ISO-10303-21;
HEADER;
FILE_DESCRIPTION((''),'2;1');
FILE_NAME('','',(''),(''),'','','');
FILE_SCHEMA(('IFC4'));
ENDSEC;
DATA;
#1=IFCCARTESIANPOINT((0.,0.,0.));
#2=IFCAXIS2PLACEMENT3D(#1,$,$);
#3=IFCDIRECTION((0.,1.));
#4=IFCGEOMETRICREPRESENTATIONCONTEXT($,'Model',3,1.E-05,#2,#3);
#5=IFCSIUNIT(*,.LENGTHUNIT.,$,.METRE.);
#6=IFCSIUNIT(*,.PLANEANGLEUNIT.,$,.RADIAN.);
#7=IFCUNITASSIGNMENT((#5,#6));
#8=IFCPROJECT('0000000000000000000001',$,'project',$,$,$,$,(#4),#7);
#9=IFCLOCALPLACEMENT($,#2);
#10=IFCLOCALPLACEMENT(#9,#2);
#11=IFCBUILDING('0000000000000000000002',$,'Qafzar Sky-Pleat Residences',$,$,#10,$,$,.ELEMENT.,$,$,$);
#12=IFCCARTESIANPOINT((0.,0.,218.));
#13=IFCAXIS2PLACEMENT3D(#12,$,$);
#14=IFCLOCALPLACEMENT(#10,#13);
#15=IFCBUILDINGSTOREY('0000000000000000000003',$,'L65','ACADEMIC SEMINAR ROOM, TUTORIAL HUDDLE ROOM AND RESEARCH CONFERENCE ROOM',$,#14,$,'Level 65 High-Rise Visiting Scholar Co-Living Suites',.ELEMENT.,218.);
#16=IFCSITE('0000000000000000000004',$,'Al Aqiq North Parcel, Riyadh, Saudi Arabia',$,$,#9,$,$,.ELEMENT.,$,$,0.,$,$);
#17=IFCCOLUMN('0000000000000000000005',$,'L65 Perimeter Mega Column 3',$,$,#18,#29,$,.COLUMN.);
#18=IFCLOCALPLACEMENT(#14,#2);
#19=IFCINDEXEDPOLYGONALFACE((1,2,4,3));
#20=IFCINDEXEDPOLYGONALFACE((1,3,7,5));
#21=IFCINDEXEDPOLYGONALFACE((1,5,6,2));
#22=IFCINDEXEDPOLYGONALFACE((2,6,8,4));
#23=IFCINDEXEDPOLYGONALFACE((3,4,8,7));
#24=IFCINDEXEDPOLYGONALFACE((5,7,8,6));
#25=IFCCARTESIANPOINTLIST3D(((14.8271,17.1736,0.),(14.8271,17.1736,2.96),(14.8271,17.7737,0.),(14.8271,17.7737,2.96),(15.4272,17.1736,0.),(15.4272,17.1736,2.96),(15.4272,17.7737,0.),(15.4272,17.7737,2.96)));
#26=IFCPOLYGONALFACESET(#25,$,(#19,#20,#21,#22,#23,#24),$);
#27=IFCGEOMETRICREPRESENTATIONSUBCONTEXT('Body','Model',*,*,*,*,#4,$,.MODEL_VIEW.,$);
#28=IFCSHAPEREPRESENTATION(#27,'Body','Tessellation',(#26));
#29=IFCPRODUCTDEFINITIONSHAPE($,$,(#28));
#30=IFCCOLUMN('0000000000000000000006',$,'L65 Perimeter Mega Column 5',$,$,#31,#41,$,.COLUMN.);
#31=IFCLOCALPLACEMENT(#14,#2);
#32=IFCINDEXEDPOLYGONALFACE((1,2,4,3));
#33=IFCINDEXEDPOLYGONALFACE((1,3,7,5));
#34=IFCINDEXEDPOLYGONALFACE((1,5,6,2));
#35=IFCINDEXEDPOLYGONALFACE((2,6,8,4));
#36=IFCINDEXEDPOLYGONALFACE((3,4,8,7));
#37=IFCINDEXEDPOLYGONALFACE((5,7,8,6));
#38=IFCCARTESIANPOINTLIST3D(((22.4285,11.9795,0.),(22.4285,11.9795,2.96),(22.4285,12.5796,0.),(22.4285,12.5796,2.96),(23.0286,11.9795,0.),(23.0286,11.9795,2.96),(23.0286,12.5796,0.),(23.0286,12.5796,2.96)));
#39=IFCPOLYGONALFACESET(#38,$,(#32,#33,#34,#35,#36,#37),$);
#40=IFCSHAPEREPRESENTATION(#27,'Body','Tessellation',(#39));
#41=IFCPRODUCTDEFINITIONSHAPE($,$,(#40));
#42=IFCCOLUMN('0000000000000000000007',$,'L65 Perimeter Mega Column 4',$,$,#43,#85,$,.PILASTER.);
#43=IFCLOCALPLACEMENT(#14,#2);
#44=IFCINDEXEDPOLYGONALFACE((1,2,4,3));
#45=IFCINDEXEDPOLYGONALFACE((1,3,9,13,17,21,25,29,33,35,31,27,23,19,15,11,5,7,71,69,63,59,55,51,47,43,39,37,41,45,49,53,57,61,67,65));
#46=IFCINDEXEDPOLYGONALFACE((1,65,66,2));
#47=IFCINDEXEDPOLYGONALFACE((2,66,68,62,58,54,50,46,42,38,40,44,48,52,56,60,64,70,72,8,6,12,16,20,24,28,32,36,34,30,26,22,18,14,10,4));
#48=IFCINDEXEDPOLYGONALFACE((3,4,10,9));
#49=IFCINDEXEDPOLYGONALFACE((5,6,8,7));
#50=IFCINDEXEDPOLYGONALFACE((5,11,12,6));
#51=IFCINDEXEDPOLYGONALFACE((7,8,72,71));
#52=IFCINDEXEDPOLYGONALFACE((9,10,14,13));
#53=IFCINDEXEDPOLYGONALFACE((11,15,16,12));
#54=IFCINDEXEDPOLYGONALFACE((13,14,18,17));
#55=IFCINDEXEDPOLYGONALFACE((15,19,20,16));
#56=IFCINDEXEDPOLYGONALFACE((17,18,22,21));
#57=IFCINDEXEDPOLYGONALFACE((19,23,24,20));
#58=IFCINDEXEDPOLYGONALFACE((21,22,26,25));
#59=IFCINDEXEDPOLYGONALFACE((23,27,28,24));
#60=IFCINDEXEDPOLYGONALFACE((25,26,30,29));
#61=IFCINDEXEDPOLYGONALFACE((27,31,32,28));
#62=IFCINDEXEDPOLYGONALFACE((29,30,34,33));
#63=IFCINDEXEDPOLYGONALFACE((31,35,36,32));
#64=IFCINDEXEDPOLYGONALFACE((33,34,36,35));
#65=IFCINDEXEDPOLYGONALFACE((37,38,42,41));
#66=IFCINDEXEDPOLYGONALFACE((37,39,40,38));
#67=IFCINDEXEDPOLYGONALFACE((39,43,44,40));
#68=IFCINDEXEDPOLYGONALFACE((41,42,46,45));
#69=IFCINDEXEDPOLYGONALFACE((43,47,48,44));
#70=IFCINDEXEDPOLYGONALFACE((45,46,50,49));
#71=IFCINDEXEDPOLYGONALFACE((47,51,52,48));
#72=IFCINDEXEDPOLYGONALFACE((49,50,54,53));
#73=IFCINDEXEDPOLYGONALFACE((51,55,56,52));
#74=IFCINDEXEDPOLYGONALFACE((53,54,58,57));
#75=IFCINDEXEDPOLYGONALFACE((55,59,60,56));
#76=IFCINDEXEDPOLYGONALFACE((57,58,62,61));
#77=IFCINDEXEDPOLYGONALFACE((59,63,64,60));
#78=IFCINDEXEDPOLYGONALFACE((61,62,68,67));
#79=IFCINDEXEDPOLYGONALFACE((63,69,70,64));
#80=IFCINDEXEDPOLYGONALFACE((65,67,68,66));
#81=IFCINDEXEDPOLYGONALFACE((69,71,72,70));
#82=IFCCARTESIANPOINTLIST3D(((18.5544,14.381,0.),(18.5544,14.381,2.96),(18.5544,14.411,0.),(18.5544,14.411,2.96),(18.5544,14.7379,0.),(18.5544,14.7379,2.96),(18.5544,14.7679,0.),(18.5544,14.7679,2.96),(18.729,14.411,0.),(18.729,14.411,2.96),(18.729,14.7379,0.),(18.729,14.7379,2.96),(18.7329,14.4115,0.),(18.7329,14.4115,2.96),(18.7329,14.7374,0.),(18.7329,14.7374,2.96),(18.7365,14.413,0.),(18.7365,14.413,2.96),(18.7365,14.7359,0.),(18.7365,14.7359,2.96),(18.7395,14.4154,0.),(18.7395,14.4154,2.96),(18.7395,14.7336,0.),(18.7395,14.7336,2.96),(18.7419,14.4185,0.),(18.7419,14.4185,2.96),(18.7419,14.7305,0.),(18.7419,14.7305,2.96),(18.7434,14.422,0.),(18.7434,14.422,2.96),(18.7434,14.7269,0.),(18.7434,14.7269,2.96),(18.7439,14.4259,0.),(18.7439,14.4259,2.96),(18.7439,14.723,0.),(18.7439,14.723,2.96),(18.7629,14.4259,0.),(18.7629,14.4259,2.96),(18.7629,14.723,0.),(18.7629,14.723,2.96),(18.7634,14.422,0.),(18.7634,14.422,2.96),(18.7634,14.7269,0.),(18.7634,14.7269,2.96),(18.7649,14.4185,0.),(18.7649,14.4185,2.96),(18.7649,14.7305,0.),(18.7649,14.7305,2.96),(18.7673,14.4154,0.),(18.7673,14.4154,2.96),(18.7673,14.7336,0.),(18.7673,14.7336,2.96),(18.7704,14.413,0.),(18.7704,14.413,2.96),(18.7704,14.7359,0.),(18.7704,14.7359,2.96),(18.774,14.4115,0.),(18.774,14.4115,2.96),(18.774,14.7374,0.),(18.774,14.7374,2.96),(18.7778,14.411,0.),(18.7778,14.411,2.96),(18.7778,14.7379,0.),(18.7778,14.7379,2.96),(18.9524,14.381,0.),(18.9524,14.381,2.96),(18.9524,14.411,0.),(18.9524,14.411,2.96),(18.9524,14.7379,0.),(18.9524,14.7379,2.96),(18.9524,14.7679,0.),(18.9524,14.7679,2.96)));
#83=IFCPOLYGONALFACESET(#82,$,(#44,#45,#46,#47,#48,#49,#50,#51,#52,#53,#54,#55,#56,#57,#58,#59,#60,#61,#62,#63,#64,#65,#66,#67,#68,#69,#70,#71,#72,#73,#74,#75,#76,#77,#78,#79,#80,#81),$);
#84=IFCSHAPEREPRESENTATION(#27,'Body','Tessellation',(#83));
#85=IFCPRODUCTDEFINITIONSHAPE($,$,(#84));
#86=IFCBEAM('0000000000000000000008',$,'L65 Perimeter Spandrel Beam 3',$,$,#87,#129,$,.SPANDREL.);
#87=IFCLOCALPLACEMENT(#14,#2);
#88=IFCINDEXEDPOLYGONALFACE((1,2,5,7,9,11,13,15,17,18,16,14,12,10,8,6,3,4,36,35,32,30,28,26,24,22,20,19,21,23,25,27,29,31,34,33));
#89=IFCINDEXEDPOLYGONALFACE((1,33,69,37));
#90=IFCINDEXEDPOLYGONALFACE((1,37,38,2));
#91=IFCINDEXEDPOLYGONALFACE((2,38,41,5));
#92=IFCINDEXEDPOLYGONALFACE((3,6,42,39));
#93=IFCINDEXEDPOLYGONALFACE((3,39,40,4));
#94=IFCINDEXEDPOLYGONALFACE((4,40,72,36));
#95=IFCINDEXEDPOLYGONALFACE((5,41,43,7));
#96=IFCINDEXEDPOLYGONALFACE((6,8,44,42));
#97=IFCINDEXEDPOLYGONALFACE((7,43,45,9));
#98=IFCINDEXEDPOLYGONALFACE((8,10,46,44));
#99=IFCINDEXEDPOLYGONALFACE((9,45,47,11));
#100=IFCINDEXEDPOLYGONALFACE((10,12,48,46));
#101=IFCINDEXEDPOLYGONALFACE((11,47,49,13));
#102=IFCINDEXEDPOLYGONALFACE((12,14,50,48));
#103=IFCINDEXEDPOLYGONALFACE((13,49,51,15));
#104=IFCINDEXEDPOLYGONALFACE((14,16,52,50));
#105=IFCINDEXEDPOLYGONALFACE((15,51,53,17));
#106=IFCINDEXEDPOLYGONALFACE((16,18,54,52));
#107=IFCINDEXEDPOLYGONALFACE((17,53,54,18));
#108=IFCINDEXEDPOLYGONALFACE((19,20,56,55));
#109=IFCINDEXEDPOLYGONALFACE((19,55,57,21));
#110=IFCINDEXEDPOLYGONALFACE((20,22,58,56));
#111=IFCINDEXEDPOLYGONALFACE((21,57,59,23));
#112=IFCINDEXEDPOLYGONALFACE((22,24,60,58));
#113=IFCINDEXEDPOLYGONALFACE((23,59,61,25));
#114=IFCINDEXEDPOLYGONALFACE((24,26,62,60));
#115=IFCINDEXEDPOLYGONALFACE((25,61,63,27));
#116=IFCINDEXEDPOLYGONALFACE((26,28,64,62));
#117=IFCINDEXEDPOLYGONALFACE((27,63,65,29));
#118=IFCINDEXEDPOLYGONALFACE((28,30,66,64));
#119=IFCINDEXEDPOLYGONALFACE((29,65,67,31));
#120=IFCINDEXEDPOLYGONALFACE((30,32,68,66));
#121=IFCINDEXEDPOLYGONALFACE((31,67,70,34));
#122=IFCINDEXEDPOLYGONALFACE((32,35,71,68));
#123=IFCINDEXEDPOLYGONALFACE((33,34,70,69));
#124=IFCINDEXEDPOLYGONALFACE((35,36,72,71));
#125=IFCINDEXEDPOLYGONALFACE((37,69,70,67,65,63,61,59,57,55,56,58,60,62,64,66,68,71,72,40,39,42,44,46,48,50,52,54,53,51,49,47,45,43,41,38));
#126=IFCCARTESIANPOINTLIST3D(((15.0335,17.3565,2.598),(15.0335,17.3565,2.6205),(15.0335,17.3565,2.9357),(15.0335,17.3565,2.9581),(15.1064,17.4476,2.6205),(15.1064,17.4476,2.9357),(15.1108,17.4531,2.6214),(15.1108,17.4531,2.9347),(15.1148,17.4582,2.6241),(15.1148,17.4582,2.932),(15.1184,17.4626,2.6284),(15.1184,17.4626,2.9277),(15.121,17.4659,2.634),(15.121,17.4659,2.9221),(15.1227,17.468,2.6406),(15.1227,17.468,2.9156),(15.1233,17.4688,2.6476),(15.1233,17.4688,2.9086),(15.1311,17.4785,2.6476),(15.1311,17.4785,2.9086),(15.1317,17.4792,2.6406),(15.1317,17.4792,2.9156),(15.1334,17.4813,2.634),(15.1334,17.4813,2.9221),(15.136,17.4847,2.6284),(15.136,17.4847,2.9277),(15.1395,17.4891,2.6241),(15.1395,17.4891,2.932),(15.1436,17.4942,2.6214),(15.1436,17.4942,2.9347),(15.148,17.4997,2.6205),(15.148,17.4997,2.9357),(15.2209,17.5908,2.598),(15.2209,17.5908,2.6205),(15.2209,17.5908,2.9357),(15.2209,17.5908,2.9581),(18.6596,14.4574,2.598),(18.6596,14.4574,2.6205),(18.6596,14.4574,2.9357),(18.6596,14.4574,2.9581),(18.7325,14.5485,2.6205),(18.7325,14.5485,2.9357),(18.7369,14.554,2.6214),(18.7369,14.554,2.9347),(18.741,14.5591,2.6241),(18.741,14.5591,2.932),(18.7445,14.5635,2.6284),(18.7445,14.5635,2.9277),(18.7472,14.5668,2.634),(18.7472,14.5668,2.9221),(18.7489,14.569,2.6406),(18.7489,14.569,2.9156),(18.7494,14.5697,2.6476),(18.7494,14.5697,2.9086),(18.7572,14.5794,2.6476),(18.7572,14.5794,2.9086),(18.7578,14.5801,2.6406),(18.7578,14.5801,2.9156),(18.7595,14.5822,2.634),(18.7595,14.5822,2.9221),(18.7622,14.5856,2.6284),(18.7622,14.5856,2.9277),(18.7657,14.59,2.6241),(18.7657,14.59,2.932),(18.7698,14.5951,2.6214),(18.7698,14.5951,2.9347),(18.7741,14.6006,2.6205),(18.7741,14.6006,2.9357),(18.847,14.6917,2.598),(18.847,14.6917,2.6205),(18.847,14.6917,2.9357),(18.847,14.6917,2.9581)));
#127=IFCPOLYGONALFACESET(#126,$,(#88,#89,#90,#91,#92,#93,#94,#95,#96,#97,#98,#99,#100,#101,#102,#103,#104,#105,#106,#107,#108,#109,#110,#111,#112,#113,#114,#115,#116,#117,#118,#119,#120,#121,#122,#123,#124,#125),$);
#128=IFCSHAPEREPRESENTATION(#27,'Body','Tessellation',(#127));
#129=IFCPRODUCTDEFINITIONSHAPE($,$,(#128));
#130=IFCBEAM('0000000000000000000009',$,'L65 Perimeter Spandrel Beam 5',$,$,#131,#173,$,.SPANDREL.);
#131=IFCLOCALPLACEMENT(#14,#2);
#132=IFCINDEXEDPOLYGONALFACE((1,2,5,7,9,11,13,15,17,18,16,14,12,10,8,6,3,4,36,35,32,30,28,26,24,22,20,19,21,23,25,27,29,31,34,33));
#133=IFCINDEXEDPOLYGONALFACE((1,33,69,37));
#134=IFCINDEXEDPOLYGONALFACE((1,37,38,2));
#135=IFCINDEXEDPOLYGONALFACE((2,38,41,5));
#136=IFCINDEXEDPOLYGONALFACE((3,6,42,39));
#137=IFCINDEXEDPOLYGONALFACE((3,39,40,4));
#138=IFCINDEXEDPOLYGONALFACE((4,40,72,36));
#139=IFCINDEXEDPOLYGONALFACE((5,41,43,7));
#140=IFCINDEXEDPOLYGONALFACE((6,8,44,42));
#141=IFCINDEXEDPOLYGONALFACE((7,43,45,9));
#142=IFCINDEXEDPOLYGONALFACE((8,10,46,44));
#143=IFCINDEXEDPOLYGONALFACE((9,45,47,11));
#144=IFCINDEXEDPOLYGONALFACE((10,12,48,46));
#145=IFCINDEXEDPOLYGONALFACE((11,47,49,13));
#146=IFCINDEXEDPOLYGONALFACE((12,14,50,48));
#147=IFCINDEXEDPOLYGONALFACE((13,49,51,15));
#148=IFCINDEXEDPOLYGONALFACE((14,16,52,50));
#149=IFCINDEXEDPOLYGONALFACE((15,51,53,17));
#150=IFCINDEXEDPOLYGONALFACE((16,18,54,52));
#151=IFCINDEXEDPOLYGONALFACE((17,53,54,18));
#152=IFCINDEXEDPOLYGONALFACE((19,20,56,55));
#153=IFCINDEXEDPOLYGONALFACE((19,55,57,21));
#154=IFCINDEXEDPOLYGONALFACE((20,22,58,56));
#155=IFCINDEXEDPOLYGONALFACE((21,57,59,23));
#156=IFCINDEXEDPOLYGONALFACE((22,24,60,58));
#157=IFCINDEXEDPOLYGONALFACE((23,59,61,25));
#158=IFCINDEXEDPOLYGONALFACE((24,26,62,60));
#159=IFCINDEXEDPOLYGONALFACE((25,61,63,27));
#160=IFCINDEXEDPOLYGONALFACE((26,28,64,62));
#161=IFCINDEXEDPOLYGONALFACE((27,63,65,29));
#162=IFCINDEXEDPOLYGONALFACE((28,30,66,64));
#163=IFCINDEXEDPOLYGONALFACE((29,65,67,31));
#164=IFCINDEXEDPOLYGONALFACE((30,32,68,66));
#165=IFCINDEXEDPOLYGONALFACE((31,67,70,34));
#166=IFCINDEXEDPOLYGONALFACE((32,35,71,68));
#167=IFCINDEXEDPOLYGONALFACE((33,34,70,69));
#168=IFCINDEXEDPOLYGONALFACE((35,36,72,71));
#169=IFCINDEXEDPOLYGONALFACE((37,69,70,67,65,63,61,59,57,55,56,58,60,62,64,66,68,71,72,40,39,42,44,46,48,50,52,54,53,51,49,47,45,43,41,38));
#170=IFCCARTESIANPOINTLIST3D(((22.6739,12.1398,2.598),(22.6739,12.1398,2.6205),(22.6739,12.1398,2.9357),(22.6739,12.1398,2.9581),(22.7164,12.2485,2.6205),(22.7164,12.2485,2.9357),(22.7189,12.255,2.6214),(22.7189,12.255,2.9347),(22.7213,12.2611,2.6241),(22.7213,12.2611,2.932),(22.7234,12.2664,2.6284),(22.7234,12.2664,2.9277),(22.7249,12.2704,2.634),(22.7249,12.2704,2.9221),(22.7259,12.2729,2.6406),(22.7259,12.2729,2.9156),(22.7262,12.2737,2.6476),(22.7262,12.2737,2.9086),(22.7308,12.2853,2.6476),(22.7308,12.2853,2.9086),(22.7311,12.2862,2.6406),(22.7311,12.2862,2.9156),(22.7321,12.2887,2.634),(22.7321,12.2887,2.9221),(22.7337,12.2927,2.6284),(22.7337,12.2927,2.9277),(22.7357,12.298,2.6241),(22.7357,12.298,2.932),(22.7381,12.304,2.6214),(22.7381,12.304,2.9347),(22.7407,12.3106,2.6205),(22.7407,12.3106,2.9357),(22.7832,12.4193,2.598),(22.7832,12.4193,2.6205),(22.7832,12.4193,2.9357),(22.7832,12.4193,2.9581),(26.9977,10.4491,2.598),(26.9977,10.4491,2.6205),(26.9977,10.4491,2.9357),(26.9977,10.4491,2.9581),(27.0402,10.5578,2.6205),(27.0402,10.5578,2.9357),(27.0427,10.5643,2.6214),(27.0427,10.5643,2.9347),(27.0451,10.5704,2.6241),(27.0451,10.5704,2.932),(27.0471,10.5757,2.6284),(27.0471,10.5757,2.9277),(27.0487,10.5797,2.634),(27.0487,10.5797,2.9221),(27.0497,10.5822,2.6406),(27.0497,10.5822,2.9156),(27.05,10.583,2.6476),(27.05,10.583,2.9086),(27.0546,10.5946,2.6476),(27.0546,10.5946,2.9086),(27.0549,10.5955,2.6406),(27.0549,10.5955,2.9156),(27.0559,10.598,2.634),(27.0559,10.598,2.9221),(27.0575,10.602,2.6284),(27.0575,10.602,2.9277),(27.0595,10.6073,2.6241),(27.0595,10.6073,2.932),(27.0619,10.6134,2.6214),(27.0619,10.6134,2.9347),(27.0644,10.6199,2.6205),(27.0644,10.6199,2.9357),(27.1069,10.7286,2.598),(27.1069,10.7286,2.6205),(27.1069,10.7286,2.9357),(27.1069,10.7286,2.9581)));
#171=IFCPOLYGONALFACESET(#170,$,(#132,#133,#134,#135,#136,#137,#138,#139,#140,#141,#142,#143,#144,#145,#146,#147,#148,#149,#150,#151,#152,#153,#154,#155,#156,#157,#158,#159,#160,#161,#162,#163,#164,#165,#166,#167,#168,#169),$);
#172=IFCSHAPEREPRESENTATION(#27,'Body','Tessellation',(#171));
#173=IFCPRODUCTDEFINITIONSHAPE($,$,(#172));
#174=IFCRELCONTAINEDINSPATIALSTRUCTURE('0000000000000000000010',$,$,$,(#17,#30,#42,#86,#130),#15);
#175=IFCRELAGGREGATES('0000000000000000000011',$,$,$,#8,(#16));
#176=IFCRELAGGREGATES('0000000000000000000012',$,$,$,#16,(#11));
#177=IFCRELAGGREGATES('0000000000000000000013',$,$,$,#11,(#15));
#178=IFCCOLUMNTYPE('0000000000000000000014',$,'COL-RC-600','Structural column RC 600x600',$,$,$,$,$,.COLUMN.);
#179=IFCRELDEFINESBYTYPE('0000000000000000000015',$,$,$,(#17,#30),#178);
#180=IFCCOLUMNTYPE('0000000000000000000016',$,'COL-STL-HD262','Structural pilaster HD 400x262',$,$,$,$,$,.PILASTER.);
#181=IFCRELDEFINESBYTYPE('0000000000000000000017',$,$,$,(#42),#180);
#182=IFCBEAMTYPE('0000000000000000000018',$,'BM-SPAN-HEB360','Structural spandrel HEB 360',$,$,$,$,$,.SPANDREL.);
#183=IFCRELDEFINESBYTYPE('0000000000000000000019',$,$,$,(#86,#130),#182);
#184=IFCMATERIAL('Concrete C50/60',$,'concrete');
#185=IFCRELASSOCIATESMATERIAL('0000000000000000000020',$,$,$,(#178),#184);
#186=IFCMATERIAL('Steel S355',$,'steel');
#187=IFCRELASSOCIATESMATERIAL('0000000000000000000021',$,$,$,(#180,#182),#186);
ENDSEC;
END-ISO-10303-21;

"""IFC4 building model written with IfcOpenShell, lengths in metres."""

from ifc_helpers import new_model, si_unit, direction, frame, origin, origin_2d, place, context, subcontext, project, spatial, rectangle, i_section, extrude, source, transform, mapped, material, material_profile, profile_set, type_object, element, save


model = new_model("IFC4")

# Units and contexts
model_context = context("Model", 3, precision=1e-05, world=origin(), true_north=direction((0.0, 1.0)))
body_context = subcontext(model_context, "Body", "Model", "MODEL_VIEW")
ifc_project = project(units=[si_unit("LENGTHUNIT", "METRE"), si_unit("PLANEANGLEUNIT", "RADIAN")], contexts=[model_context])

# Site, building, storey
site_placement = place(None, origin())
site = spatial("IfcSite", under=ifc_project, at=site_placement, Name="Al Aqiq North Parcel, Riyadh, Saudi Arabia", CompositionType="ELEMENT", RefElevation=0.0)
building_placement = place(site_placement, origin())
building = spatial("IfcBuilding", under=site, at=building_placement, Name="Qafzar Sky-Pleat Residences", CompositionType="ELEMENT")
storey_placement = place(building_placement, frame((0.0, 0.0, 218.0)))
storey = spatial("IfcBuildingStorey", under=building, at=storey_placement, Name="L65", Description="ACADEMIC SEMINAR ROOM, TUTORIAL HUDDLE ROOM AND RESEARCH CONFERENCE ROOM", LongName="Level 65 High-Rise Visiting Scholar Co-Living Suites", CompositionType="ELEMENT", Elevation=218.0)

# Columns
ifc_material_1 = material(Name="Concrete C50/60", Category="concrete")
ifc_material_profile_1 = material_profile(ifc_material_1, rectangle(XDim=0.6001, YDim=0.6001, at=origin_2d()), Name="RC 600x600")
ifc_profile_set_1 = profile_set([ifc_material_profile_1], Name="Concrete C50/60")
column_type_1 = type_object("IfcColumnType", Name="COL-RC-600", Description="Structural column RC 600x600", PredefinedType="COLUMN", material=ifc_profile_set_1)
shared_shape_1 = source(origin(), body_context, "Body", "SweptSolid", [
    extrude(rectangle(XDim=0.6001, YDim=0.6001, at=origin_2d()), origin(), (0.0, 0.0, 1.0), 2.96),
])
for number, where, z_axis, x_axis, name in (
    (1, (15.1272, 17.4736, 0.0), (0.0, 0.0, 1.0), (1.0, 0.0, 0.0), "L65 Perimeter Mega Column 3"),
    (2, (22.7285, 12.2795, 0.0), (0.0, 0.0, 1.0), (1.0, 0.0, 0.0), "L65 Perimeter Mega Column 5"),
):
    element("IfcColumn", number, at=place(storey_placement, frame(where, z_axis=z_axis, x_axis=x_axis)), inside=storey, type_object=column_type_1, Name=name, PredefinedType="COLUMN", context=body_context, shape_type="MappedRepresentation", body=[
        mapped(shared_shape_1, transform((0.0, 0.0, 0.0), x_axis=(1.0, 0.0, 0.0), y_axis=(0.0, 1.0, 0.0), z_axis=(0.0, 0.0, 1.0), scale=1.0)),
    ])
ifc_material_2 = material(Name="Steel S355", Category="steel")
ifc_material_profile_2 = material_profile(ifc_material_2, i_section(OverallWidth=0.3979, OverallDepth=0.387, WebThickness=0.019, FlangeThickness=0.03, FilletRadius=0.0149, at=origin_2d()), Name="HD 400x262")
ifc_profile_set_2 = profile_set([ifc_material_profile_2], Name="Steel S355")
column_type_2 = type_object("IfcColumnType", Name="COL-STL-HD262", Description="Structural pilaster HD 400x262", PredefinedType="PILASTER", material=ifc_profile_set_2)
shared_shape_2 = source(origin(), body_context, "Body", "SweptSolid", [
    extrude(i_section(OverallWidth=0.3979, OverallDepth=0.387, WebThickness=0.019, FlangeThickness=0.03, FilletRadius=0.0149, at=origin_2d()), origin(), (0.0, 0.0, 1.0), 2.96),
])
column_placement = place(storey_placement, frame((18.7534, 14.5745, 0.0), z_axis=(0.0, 0.0, 1.0), x_axis=(1.0, 0.0, 0.0)))
element("IfcColumn", 3, at=column_placement, inside=storey, type_object=column_type_2, Name="L65 Perimeter Mega Column 4", PredefinedType="PILASTER", context=body_context, shape_type="MappedRepresentation", body=[
    mapped(shared_shape_2, transform((0.0, 0.0, 0.0), x_axis=(1.0, 0.0, 0.0), y_axis=(0.0, 1.0, 0.0), z_axis=(0.0, 0.0, 1.0), scale=1.0)),
])

# Beams
ifc_material_profile_3 = material_profile(ifc_material_2, i_section(OverallWidth=0.3, OverallDepth=0.3601, WebThickness=0.0125, FlangeThickness=0.0225, FilletRadius=0.0271, at=origin_2d()), Name="HEB 360")
ifc_profile_set_3 = profile_set([ifc_material_profile_3], Name="Steel S355")
beam_type_1 = type_object("IfcBeamType", Name="BM-SPAN-HEB360", Description="Structural spandrel HEB 360", PredefinedType="SPANDREL", material=ifc_profile_set_3)
shared_shape_3 = source(origin(), body_context, "Body", "SweptSolid", [
    extrude(i_section(OverallWidth=0.3, OverallDepth=0.3601, WebThickness=0.0125, FlangeThickness=0.0225, FilletRadius=0.0271, at=origin_2d()), origin(), (0.0, 0.0, 1.0), 4.6426),
])
for number, where, z_axis, x_axis, name in (
    (4, (15.1272, 17.4736, 2.7781), (0.781059, -0.624458, 0.0), (0.624458, 0.781059, 0.0), "L65 Perimeter Spandrel Beam 3"),
    (5, (22.7285, 12.2795, 2.7781), (0.931332, -0.364171, 0.0), (0.364171, 0.931332, 0.0), "L65 Perimeter Spandrel Beam 5"),
):
    element("IfcBeam", number, at=place(storey_placement, frame(where, z_axis=z_axis, x_axis=x_axis)), inside=storey, type_object=beam_type_1, Name=name, PredefinedType="SPANDREL", context=body_context, shape_type="MappedRepresentation", body=[
        mapped(shared_shape_3, transform((0.0, 0.0, 0.0), x_axis=(1.0, 0.0, 0.0), y_axis=(0.0, 1.0, 0.0), z_axis=(0.0, 0.0, 1.0), scale=1.0)),
    ])

save(model, "model.ifc")
